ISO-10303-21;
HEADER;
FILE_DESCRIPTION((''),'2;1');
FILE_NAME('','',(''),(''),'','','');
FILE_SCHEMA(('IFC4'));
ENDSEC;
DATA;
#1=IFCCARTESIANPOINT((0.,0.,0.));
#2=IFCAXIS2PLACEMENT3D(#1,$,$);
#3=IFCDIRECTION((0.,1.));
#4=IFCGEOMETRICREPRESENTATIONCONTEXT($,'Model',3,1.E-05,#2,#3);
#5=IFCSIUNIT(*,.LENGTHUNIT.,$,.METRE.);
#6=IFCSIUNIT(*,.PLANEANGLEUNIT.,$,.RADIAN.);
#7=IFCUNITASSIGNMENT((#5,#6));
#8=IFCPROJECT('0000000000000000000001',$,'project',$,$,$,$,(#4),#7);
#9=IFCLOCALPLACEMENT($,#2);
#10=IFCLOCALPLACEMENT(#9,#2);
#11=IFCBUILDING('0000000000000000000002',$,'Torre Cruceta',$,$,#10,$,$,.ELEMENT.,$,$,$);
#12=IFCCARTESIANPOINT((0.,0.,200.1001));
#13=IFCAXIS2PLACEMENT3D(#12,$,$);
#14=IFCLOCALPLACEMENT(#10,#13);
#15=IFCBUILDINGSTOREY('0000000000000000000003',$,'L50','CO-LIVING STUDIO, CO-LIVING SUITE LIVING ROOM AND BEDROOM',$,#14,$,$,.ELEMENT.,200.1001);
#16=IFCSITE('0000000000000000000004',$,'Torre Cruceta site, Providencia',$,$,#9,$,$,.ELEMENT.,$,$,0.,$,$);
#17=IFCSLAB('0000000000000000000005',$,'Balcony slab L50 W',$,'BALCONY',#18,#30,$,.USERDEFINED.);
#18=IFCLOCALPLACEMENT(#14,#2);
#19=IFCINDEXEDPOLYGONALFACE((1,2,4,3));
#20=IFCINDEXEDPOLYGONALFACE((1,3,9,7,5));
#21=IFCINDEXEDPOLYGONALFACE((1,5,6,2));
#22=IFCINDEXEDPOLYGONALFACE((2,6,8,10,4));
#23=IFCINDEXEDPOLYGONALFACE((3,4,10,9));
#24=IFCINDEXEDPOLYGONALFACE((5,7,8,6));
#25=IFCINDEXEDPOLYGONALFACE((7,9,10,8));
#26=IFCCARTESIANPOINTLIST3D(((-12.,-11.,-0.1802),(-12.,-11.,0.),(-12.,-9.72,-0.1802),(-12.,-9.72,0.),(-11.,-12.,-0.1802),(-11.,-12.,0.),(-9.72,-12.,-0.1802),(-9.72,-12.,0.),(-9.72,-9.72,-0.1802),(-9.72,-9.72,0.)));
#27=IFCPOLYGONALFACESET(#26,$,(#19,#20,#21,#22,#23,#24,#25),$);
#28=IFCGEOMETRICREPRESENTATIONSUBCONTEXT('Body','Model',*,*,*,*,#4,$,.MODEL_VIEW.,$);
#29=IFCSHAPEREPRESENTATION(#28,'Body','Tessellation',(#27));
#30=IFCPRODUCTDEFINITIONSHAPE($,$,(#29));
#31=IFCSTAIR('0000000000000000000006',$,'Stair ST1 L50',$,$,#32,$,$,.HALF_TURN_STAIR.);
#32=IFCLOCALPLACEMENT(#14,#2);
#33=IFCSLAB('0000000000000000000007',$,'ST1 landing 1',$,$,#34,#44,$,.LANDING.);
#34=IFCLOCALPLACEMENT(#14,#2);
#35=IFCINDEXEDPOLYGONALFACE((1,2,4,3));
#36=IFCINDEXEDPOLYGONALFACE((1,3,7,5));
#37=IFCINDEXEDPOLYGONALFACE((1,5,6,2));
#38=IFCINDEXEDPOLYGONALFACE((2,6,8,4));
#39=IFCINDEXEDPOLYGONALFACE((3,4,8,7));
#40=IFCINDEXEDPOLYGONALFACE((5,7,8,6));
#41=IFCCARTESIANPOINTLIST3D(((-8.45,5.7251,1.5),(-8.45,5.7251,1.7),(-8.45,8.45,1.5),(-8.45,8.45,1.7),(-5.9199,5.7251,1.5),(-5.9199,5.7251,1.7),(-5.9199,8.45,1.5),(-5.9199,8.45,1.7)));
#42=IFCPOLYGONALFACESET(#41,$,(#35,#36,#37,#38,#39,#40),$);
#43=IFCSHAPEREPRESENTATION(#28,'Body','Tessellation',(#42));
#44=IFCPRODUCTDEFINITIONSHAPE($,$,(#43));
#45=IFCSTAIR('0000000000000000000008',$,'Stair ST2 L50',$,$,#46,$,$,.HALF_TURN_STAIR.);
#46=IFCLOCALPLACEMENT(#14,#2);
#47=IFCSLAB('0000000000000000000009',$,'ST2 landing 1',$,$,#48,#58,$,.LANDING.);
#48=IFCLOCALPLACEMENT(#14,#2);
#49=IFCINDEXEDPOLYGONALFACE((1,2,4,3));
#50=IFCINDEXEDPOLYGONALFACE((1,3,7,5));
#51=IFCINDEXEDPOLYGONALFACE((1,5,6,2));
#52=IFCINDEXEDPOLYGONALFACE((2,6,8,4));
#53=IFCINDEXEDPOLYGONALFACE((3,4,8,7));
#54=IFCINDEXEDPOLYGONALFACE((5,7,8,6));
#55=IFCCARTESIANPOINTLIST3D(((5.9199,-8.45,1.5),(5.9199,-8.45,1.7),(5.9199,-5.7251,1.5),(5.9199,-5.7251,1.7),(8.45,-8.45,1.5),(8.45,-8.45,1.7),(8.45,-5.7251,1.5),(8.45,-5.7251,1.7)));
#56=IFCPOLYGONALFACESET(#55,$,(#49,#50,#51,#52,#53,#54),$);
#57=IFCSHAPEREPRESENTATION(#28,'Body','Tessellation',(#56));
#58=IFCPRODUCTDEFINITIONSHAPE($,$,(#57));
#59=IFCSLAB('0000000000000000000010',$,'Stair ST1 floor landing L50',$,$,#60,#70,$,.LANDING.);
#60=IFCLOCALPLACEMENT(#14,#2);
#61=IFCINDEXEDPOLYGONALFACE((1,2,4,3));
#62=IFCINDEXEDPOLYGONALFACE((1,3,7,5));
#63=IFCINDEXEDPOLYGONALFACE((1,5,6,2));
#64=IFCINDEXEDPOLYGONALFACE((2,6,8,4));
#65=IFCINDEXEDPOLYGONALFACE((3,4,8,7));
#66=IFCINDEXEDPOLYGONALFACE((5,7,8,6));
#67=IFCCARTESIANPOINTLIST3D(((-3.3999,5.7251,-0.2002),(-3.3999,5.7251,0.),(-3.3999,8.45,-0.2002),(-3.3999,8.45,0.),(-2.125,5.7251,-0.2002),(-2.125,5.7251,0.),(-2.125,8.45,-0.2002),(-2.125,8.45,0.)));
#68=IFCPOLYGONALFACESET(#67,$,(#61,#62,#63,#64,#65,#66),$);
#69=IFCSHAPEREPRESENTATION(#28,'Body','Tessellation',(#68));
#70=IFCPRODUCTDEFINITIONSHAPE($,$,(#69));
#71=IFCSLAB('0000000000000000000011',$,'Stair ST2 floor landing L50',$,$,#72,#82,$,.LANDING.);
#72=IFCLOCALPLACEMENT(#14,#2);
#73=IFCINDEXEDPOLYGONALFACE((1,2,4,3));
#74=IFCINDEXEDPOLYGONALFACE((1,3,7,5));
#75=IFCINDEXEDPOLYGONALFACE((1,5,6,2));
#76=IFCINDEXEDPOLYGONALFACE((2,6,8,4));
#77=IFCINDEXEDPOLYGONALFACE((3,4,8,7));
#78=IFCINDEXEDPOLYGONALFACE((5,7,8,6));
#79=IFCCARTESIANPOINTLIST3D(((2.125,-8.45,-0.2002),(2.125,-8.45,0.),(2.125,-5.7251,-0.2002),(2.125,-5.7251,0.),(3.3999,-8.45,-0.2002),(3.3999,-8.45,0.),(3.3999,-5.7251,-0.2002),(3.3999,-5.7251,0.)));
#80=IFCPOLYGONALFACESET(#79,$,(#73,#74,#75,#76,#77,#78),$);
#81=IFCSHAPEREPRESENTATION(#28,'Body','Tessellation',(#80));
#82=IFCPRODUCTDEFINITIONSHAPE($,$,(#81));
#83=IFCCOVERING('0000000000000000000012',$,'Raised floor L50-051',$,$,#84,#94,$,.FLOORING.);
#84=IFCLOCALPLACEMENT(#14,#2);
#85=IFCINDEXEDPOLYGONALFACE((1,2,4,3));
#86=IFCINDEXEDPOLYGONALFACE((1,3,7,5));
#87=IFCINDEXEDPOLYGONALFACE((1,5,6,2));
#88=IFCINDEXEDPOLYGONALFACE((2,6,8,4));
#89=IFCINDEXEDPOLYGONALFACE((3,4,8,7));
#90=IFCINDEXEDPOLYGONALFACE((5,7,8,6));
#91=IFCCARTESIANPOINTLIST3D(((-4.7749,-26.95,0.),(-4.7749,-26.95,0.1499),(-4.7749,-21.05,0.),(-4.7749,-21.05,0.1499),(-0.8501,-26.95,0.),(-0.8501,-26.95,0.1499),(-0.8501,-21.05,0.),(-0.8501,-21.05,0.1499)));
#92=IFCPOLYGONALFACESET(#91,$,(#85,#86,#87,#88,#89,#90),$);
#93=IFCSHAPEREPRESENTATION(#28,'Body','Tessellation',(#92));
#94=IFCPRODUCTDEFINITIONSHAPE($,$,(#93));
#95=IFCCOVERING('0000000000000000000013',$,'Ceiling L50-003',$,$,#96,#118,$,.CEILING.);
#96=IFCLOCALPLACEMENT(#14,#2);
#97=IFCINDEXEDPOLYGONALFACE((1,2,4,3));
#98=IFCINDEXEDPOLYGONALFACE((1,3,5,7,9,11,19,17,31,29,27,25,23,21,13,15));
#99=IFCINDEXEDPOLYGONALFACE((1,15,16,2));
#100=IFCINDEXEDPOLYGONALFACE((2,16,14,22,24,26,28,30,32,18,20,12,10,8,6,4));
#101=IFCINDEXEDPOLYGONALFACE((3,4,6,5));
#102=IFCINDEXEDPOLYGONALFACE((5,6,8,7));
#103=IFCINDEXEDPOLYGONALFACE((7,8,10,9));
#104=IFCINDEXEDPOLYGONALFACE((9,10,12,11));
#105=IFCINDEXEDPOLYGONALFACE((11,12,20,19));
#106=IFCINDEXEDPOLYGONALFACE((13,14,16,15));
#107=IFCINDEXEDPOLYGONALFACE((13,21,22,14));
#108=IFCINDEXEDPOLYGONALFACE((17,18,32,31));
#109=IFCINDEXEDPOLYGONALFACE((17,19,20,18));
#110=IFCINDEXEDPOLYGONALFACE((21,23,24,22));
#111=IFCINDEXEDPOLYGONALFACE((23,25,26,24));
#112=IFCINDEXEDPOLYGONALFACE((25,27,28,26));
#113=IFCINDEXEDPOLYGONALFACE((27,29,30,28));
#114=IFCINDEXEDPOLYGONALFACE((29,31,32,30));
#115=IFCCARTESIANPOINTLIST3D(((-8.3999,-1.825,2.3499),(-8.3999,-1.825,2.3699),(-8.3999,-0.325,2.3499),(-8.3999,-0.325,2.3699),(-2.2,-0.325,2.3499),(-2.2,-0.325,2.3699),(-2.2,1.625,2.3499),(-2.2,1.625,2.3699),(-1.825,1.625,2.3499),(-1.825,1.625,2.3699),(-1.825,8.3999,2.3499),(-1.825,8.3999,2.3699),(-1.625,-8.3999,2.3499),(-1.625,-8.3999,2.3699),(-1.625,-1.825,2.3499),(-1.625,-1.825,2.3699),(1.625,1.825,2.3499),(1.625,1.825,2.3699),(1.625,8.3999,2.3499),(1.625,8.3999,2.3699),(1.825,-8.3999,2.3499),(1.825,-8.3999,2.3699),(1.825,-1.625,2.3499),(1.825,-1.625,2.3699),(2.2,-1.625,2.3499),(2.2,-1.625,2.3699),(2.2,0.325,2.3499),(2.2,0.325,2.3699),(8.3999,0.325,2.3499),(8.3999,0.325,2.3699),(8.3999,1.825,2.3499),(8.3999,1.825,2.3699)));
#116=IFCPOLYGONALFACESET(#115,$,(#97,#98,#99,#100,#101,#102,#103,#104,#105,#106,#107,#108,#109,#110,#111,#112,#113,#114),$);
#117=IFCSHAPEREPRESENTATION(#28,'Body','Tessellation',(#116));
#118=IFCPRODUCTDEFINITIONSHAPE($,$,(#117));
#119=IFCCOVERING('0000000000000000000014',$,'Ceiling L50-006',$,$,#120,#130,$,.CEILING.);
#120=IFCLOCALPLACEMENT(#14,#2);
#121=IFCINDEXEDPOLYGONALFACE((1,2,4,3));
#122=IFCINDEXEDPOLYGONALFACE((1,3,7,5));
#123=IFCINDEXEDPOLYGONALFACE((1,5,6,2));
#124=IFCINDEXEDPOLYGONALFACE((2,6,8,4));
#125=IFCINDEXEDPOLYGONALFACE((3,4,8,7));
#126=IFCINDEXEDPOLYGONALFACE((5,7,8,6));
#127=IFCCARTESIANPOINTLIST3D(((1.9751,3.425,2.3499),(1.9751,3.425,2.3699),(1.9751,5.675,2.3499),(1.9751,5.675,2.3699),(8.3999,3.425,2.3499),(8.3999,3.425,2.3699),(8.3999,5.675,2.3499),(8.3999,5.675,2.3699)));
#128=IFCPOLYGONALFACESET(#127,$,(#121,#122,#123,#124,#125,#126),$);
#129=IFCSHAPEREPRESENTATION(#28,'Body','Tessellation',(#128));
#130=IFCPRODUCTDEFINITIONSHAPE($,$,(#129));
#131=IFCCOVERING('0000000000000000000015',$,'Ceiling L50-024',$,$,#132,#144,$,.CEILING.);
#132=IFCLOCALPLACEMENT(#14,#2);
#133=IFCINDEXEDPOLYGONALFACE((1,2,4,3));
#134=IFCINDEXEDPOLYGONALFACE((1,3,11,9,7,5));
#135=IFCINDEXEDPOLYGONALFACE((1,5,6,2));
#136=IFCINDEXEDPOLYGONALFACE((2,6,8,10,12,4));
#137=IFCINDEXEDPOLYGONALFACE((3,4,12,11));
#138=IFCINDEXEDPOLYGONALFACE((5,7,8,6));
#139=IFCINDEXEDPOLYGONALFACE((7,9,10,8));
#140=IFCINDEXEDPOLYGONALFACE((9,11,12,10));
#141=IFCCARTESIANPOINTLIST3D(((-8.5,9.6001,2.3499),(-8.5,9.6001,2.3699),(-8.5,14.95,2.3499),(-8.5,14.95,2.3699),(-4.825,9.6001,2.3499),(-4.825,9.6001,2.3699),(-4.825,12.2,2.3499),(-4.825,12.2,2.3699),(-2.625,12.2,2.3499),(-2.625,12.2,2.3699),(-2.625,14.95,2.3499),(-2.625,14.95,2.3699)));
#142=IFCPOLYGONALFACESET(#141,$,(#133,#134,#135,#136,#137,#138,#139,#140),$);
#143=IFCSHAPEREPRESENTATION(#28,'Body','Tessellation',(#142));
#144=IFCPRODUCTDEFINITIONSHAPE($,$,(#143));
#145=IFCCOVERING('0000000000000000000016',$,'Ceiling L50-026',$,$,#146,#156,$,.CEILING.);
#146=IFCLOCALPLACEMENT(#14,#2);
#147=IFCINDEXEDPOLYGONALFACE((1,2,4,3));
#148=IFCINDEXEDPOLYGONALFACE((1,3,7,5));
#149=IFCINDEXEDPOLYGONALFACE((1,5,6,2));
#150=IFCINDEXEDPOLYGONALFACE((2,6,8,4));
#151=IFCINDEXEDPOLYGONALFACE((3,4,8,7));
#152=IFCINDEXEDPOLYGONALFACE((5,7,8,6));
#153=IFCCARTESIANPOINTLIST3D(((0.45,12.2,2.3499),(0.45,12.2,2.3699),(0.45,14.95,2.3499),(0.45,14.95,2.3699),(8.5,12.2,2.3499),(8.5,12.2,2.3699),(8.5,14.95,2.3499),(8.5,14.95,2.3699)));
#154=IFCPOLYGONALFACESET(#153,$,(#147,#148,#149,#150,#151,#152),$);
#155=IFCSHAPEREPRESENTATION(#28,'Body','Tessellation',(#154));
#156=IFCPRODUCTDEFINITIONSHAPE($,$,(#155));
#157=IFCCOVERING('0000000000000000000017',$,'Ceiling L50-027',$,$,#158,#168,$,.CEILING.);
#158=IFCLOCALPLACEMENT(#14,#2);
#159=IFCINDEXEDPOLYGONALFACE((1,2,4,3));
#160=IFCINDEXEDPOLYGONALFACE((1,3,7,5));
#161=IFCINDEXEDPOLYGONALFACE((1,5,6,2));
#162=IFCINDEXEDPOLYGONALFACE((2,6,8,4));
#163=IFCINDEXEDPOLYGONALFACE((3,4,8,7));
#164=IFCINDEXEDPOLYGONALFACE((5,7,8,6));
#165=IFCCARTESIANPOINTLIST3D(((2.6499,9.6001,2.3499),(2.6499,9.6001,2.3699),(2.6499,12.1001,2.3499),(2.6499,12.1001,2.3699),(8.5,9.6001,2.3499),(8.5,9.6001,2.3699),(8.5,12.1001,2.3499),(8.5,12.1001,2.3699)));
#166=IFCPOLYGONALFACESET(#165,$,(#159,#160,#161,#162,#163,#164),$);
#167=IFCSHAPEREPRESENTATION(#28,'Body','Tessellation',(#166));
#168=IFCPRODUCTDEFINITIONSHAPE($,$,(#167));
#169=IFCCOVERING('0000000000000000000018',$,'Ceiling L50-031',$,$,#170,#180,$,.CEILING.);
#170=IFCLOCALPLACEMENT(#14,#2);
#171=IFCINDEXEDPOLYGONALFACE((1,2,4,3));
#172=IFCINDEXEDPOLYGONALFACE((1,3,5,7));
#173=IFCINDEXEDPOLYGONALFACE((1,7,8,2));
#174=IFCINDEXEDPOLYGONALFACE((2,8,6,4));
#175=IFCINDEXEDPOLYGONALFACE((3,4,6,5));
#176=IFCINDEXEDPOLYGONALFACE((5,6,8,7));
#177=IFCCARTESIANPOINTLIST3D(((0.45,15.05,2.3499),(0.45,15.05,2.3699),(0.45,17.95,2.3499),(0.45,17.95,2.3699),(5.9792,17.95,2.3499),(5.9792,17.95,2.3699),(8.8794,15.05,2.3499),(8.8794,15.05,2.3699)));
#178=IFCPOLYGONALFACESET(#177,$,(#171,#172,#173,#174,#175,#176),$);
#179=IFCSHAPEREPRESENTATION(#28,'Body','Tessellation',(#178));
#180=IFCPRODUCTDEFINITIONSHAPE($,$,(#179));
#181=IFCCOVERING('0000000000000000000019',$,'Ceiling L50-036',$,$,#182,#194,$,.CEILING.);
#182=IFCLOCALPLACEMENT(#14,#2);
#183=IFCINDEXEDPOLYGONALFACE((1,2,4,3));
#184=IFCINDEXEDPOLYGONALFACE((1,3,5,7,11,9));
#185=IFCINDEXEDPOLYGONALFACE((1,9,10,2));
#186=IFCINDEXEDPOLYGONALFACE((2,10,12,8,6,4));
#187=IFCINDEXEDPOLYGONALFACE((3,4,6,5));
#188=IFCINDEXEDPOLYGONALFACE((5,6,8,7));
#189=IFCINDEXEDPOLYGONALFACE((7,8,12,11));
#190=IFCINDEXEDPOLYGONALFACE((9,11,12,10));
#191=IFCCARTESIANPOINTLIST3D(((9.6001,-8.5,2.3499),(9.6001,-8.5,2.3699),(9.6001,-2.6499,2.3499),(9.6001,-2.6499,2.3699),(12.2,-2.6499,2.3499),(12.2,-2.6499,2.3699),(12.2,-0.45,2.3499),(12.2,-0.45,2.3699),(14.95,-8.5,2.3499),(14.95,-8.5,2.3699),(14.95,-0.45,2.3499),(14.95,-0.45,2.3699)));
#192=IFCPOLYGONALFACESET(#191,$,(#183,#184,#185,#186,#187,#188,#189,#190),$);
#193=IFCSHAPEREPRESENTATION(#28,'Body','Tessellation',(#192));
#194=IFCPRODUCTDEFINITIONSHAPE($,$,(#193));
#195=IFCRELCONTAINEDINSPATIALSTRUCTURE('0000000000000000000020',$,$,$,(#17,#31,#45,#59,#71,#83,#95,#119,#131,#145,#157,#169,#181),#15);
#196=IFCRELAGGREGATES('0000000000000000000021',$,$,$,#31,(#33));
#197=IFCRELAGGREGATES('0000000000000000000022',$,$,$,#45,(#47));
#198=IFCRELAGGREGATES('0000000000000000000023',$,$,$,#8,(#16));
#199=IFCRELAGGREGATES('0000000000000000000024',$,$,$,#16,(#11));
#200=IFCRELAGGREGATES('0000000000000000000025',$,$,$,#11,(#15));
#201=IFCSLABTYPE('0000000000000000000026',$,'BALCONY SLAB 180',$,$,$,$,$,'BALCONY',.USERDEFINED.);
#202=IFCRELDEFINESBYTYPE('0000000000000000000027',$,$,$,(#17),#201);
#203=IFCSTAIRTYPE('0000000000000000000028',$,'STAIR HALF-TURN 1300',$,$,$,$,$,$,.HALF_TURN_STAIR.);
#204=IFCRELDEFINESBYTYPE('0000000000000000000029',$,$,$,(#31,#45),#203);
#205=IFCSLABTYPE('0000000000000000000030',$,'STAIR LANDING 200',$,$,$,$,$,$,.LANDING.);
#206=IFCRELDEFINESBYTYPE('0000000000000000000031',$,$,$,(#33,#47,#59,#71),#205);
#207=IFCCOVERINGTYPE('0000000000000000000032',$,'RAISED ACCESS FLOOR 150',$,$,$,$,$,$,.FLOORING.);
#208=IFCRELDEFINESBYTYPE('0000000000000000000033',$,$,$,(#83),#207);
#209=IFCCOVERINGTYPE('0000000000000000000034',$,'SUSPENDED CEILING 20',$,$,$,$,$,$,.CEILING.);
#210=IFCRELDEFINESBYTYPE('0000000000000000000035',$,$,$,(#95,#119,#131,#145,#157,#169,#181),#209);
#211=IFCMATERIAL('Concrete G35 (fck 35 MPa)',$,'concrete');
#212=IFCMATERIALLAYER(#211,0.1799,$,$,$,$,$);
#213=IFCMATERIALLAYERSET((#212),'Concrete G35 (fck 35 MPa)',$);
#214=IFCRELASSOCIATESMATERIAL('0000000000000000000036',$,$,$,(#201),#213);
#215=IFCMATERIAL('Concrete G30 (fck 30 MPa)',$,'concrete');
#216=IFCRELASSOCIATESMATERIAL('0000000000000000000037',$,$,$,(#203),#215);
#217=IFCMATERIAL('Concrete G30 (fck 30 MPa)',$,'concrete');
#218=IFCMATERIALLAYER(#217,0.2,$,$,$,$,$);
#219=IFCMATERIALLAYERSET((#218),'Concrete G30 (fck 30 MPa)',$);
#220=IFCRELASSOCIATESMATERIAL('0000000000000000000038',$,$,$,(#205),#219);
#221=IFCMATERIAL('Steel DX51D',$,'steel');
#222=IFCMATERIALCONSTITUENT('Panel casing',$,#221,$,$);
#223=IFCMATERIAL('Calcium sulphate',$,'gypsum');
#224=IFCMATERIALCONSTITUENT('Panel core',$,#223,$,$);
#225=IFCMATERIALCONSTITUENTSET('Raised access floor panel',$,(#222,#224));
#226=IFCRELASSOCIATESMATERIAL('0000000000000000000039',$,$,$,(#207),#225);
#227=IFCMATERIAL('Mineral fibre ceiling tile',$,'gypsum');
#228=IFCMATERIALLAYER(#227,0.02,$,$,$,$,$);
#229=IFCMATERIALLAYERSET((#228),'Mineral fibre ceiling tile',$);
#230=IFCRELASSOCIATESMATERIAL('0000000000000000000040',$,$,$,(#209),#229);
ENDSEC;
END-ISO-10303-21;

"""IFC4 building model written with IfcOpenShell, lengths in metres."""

from ifc_helpers import new_model, si_unit, direction, frame, origin, place, context, subcontext, project, spatial, polyline, outline, extrude, material, layer, layer_set, constituent, constituent_set, type_object, element, aggregate, save


model = new_model("IFC4")

# Units and contexts
model_context = context("Model", 3, precision=1e-05, world=origin(), true_north=direction((0.0, 1.0)))
body_context = subcontext(model_context, "Body", "Model", "MODEL_VIEW")
ifc_project = project(units=[si_unit("LENGTHUNIT", "METRE"), si_unit("PLANEANGLEUNIT", "RADIAN")], contexts=[model_context])

# Site, building, storey
site_placement = place(None, origin())
site = spatial("IfcSite", under=ifc_project, at=site_placement, Name="Torre Cruceta site, Providencia", CompositionType="ELEMENT", RefElevation=0.0)
building_placement = place(site_placement, origin())
building = spatial("IfcBuilding", under=site, at=building_placement, Name="Torre Cruceta", CompositionType="ELEMENT")
storey_placement = place(building_placement, frame((0.0, 0.0, 200.1001)))
storey = spatial("IfcBuildingStorey", under=building, at=storey_placement, Name="L50", Description="CO-LIVING STUDIO, CO-LIVING SUITE LIVING ROOM AND BEDROOM", CompositionType="ELEMENT", Elevation=200.1001)

# Slab
ifc_material_1 = material(Name="Concrete G35 (fck 35 MPa)", Category="concrete")
ifc_layer_1 = layer(ifc_material_1, 0.1799)
ifc_layer_set_1 = layer_set([ifc_layer_1], Name="Concrete G35 (fck 35 MPa)")
slab_type_1 = type_object("IfcSlabType", Name="BALCONY SLAB 180", ElementType="BALCONY", PredefinedType="USERDEFINED", material=ifc_layer_set_1)
slab_1_placement = place(storey_placement, frame((0.0, 0.0, -0.1802)))
element("IfcSlab", 1, at=slab_1_placement, inside=storey, type_object=slab_type_1, Name="Balcony slab L50 W", ObjectType="BALCONY", PredefinedType="USERDEFINED", context=body_context, shape_type="SweptSolid", body=[
    extrude(outline(polyline([(-11.0, -12.0), (-12.0, -11.0), (-12.0, -9.72), (-9.72, -9.72), (-9.72, -12.0), (-11.0, -12.0)])), origin(), (0.0, 0.0, 1.0), 0.1802),
])

# Stairs, slabs
ifc_material_2 = material(Name="Concrete G30 (fck 30 MPa)", Category="concrete")
stair_type = type_object("IfcStairType", Name="STAIR HALF-TURN 1300", PredefinedType="HALF_TURN_STAIR", material=ifc_material_2)
stair_1_placement = place(storey_placement, origin())
stair_1 = element("IfcStair", 2, at=stair_1_placement, inside=storey, type_object=stair_type, Name="Stair ST1 L50", PredefinedType="HALF_TURN_STAIR")
ifc_material_3 = material(Name="Concrete G30 (fck 30 MPa)", Category="concrete")
ifc_layer_2 = layer(ifc_material_3, 0.2)
ifc_layer_set_2 = layer_set([ifc_layer_2], Name="Concrete G30 (fck 30 MPa)")
slab_type_2 = type_object("IfcSlabType", Name="STAIR LANDING 200", PredefinedType="LANDING", material=ifc_layer_set_2)
slab_2_placement = place(storey_placement, frame((0.0, 0.0, 1.5)))
slab_2 = element("IfcSlab", 3, at=slab_2_placement, type_object=slab_type_2, Name="ST1 landing 1", PredefinedType="LANDING", context=body_context, shape_type="SweptSolid", body=[
    extrude(outline(polyline([(-8.45, 5.7251), (-5.9199, 5.7251), (-5.9199, 8.45), (-8.45, 8.45), (-8.45, 5.7251)])), origin(), (0.0, 0.0, 1.0), 0.2),
])
aggregate(stair_1, [slab_2])
stair_2_placement = place(storey_placement, origin())
stair_2 = element("IfcStair", 4, at=stair_2_placement, inside=storey, type_object=stair_type, Name="Stair ST2 L50", PredefinedType="HALF_TURN_STAIR")
slab_3_placement = place(storey_placement, frame((0.0, 0.0, 1.5)))
slab_3 = element("IfcSlab", 5, at=slab_3_placement, type_object=slab_type_2, Name="ST2 landing 1", PredefinedType="LANDING", context=body_context, shape_type="SweptSolid", body=[
    extrude(outline(polyline([(5.9199, -8.45), (8.45, -8.45), (8.45, -5.7251), (5.9199, -5.7251), (5.9199, -8.45)])), origin(), (0.0, 0.0, 1.0), 0.2),
])
aggregate(stair_2, [slab_3])

# Slabs
slab_4_placement = place(storey_placement, frame((0.0, 0.0, -0.2002)))
element("IfcSlab", 6, at=slab_4_placement, inside=storey, type_object=slab_type_2, Name="Stair ST1 floor landing L50", PredefinedType="LANDING", context=body_context, shape_type="SweptSolid", body=[
    extrude(outline(polyline([(-2.125, 8.45), (-2.125, 5.7251), (-3.3999, 5.7251), (-3.3999, 8.45), (-2.125, 8.45)])), origin(), (0.0, 0.0, 1.0), 0.2002),
])
slab_5_placement = place(storey_placement, frame((0.0, 0.0, -0.2002)))
element("IfcSlab", 7, at=slab_5_placement, inside=storey, type_object=slab_type_2, Name="Stair ST2 floor landing L50", PredefinedType="LANDING", context=body_context, shape_type="SweptSolid", body=[
    extrude(outline(polyline([(2.125, -8.45), (2.125, -5.7251), (3.3999, -5.7251), (3.3999, -8.45), (2.125, -8.45)])), origin(), (0.0, 0.0, 1.0), 0.2002),
])

# Coverings
ifc_material_4 = material(Name="Steel DX51D", Category="steel")
ifc_constituent_1 = constituent(ifc_material_4, Name="Panel casing")
ifc_material_5 = material(Name="Calcium sulphate", Category="gypsum")
ifc_constituent_2 = constituent(ifc_material_5, Name="Panel core")
ifc_constituent_set = constituent_set(constituents=[ifc_constituent_1, ifc_constituent_2], Name="Raised access floor panel")
covering_type_1 = type_object("IfcCoveringType", Name="RAISED ACCESS FLOOR 150", PredefinedType="FLOORING", material=ifc_constituent_set)
covering_1_placement = place(storey_placement, origin())
element("IfcCovering", 8, at=covering_1_placement, inside=storey, type_object=covering_type_1, Name="Raised floor L50-051", PredefinedType="FLOORING", context=body_context, shape_type="SweptSolid", body=[
    extrude(outline(polyline([(-4.7749, -26.95), (-4.7749, -21.05), (-0.8501, -21.05), (-0.8501, -26.95), (-4.7749, -26.95)])), origin(), (0.0, 0.0, 1.0), 0.1499),
])
ifc_material_6 = material(Name="Mineral fibre ceiling tile", Category="gypsum")
ifc_layer_3 = layer(ifc_material_6, 0.02)
ifc_layer_set_3 = layer_set([ifc_layer_3], Name="Mineral fibre ceiling tile")
covering_type_2 = type_object("IfcCoveringType", Name="SUSPENDED CEILING 20", PredefinedType="CEILING", material=ifc_layer_set_3)
covering_2_placement = place(storey_placement, frame((0.0, 0.0, 2.3499)))
element("IfcCovering", 9, at=covering_2_placement, inside=storey, type_object=covering_type_2, Name="Ceiling L50-003", PredefinedType="CEILING", context=body_context, shape_type="SweptSolid", body=[
    extrude(outline(polyline([(1.825, -8.3999), (-1.625, -8.3999), (-1.625, -1.825), (-8.3999, -1.825), (-8.3999, -0.325), (-2.2, -0.325), (-2.2, 1.625), (-1.825, 1.625), (-1.825, 8.3999), (1.625, 8.3999), (1.625, 1.825), (8.3999, 1.825), (8.3999, 0.325), (2.2, 0.325), (2.2, -1.625), (1.825, -1.625), (1.825, -8.3999)])), origin(), (0.0, 0.0, 1.0), 0.02),
])
covering_3_placement = place(storey_placement, frame((0.0, 0.0, 2.3499)))
element("IfcCovering", 10, at=covering_3_placement, inside=storey, type_object=covering_type_2, Name="Ceiling L50-006", PredefinedType="CEILING", context=body_context, shape_type="SweptSolid", body=[
    extrude(outline(polyline([(1.9751, 3.425), (1.9751, 5.675), (8.3999, 5.675), (8.3999, 3.425), (1.9751, 3.425)])), origin(), (0.0, 0.0, 1.0), 0.02),
])
covering_4_placement = place(storey_placement, frame((0.0, 0.0, 2.3499)))
element("IfcCovering", 11, at=covering_4_placement, inside=storey, type_object=covering_type_2, Name="Ceiling L50-024", PredefinedType="CEILING", context=body_context, shape_type="SweptSolid", body=[
    extrude(outline(polyline([(-8.5, 9.6001), (-8.5, 14.95), (-2.625, 14.95), (-2.625, 12.2), (-4.825, 12.2), (-4.825, 9.6001), (-8.5, 9.6001)])), origin(), (0.0, 0.0, 1.0), 0.02),
])
covering_5_placement = place(storey_placement, frame((0.0, 0.0, 2.3499)))
element("IfcCovering", 12, at=covering_5_placement, inside=storey, type_object=covering_type_2, Name="Ceiling L50-026", PredefinedType="CEILING", context=body_context, shape_type="SweptSolid", body=[
    extrude(outline(polyline([(8.5, 14.95), (8.5, 12.2), (0.45, 12.2), (0.45, 14.95), (8.5, 14.95)])), origin(), (0.0, 0.0, 1.0), 0.02),
])
covering_6_placement = place(storey_placement, frame((0.0, 0.0, 2.3499)))
element("IfcCovering", 13, at=covering_6_placement, inside=storey, type_object=covering_type_2, Name="Ceiling L50-027", PredefinedType="CEILING", context=body_context, shape_type="SweptSolid", body=[
    extrude(outline(polyline([(8.5, 9.6001), (2.6499, 9.6001), (2.6499, 12.1001), (8.5, 12.1001), (8.5, 9.6001)])), origin(), (0.0, 0.0, 1.0), 0.02),
])
covering_7_placement = place(storey_placement, frame((0.0, 0.0, 2.3499)))
element("IfcCovering", 14, at=covering_7_placement, inside=storey, type_object=covering_type_2, Name="Ceiling L50-031", PredefinedType="CEILING", context=body_context, shape_type="SweptSolid", body=[
    extrude(outline(polyline([(8.8794, 15.05), (0.45, 15.05), (0.45, 17.95), (5.9792, 17.95), (8.8794, 15.05)])), origin(), (0.0, 0.0, 1.0), 0.02),
])
covering_8_placement = place(storey_placement, frame((0.0, 0.0, 2.3499)))
element("IfcCovering", 15, at=covering_8_placement, inside=storey, type_object=covering_type_2, Name="Ceiling L50-036", PredefinedType="CEILING", context=body_context, shape_type="SweptSolid", body=[
    extrude(outline(polyline([(14.95, -0.45), (14.95, -8.5), (9.6001, -8.5), (9.6001, -2.6499), (12.2, -2.6499), (12.2, -0.45), (14.95, -0.45)])), origin(), (0.0, 0.0, 1.0), 0.02),
])

save(model, "model.ifc")
